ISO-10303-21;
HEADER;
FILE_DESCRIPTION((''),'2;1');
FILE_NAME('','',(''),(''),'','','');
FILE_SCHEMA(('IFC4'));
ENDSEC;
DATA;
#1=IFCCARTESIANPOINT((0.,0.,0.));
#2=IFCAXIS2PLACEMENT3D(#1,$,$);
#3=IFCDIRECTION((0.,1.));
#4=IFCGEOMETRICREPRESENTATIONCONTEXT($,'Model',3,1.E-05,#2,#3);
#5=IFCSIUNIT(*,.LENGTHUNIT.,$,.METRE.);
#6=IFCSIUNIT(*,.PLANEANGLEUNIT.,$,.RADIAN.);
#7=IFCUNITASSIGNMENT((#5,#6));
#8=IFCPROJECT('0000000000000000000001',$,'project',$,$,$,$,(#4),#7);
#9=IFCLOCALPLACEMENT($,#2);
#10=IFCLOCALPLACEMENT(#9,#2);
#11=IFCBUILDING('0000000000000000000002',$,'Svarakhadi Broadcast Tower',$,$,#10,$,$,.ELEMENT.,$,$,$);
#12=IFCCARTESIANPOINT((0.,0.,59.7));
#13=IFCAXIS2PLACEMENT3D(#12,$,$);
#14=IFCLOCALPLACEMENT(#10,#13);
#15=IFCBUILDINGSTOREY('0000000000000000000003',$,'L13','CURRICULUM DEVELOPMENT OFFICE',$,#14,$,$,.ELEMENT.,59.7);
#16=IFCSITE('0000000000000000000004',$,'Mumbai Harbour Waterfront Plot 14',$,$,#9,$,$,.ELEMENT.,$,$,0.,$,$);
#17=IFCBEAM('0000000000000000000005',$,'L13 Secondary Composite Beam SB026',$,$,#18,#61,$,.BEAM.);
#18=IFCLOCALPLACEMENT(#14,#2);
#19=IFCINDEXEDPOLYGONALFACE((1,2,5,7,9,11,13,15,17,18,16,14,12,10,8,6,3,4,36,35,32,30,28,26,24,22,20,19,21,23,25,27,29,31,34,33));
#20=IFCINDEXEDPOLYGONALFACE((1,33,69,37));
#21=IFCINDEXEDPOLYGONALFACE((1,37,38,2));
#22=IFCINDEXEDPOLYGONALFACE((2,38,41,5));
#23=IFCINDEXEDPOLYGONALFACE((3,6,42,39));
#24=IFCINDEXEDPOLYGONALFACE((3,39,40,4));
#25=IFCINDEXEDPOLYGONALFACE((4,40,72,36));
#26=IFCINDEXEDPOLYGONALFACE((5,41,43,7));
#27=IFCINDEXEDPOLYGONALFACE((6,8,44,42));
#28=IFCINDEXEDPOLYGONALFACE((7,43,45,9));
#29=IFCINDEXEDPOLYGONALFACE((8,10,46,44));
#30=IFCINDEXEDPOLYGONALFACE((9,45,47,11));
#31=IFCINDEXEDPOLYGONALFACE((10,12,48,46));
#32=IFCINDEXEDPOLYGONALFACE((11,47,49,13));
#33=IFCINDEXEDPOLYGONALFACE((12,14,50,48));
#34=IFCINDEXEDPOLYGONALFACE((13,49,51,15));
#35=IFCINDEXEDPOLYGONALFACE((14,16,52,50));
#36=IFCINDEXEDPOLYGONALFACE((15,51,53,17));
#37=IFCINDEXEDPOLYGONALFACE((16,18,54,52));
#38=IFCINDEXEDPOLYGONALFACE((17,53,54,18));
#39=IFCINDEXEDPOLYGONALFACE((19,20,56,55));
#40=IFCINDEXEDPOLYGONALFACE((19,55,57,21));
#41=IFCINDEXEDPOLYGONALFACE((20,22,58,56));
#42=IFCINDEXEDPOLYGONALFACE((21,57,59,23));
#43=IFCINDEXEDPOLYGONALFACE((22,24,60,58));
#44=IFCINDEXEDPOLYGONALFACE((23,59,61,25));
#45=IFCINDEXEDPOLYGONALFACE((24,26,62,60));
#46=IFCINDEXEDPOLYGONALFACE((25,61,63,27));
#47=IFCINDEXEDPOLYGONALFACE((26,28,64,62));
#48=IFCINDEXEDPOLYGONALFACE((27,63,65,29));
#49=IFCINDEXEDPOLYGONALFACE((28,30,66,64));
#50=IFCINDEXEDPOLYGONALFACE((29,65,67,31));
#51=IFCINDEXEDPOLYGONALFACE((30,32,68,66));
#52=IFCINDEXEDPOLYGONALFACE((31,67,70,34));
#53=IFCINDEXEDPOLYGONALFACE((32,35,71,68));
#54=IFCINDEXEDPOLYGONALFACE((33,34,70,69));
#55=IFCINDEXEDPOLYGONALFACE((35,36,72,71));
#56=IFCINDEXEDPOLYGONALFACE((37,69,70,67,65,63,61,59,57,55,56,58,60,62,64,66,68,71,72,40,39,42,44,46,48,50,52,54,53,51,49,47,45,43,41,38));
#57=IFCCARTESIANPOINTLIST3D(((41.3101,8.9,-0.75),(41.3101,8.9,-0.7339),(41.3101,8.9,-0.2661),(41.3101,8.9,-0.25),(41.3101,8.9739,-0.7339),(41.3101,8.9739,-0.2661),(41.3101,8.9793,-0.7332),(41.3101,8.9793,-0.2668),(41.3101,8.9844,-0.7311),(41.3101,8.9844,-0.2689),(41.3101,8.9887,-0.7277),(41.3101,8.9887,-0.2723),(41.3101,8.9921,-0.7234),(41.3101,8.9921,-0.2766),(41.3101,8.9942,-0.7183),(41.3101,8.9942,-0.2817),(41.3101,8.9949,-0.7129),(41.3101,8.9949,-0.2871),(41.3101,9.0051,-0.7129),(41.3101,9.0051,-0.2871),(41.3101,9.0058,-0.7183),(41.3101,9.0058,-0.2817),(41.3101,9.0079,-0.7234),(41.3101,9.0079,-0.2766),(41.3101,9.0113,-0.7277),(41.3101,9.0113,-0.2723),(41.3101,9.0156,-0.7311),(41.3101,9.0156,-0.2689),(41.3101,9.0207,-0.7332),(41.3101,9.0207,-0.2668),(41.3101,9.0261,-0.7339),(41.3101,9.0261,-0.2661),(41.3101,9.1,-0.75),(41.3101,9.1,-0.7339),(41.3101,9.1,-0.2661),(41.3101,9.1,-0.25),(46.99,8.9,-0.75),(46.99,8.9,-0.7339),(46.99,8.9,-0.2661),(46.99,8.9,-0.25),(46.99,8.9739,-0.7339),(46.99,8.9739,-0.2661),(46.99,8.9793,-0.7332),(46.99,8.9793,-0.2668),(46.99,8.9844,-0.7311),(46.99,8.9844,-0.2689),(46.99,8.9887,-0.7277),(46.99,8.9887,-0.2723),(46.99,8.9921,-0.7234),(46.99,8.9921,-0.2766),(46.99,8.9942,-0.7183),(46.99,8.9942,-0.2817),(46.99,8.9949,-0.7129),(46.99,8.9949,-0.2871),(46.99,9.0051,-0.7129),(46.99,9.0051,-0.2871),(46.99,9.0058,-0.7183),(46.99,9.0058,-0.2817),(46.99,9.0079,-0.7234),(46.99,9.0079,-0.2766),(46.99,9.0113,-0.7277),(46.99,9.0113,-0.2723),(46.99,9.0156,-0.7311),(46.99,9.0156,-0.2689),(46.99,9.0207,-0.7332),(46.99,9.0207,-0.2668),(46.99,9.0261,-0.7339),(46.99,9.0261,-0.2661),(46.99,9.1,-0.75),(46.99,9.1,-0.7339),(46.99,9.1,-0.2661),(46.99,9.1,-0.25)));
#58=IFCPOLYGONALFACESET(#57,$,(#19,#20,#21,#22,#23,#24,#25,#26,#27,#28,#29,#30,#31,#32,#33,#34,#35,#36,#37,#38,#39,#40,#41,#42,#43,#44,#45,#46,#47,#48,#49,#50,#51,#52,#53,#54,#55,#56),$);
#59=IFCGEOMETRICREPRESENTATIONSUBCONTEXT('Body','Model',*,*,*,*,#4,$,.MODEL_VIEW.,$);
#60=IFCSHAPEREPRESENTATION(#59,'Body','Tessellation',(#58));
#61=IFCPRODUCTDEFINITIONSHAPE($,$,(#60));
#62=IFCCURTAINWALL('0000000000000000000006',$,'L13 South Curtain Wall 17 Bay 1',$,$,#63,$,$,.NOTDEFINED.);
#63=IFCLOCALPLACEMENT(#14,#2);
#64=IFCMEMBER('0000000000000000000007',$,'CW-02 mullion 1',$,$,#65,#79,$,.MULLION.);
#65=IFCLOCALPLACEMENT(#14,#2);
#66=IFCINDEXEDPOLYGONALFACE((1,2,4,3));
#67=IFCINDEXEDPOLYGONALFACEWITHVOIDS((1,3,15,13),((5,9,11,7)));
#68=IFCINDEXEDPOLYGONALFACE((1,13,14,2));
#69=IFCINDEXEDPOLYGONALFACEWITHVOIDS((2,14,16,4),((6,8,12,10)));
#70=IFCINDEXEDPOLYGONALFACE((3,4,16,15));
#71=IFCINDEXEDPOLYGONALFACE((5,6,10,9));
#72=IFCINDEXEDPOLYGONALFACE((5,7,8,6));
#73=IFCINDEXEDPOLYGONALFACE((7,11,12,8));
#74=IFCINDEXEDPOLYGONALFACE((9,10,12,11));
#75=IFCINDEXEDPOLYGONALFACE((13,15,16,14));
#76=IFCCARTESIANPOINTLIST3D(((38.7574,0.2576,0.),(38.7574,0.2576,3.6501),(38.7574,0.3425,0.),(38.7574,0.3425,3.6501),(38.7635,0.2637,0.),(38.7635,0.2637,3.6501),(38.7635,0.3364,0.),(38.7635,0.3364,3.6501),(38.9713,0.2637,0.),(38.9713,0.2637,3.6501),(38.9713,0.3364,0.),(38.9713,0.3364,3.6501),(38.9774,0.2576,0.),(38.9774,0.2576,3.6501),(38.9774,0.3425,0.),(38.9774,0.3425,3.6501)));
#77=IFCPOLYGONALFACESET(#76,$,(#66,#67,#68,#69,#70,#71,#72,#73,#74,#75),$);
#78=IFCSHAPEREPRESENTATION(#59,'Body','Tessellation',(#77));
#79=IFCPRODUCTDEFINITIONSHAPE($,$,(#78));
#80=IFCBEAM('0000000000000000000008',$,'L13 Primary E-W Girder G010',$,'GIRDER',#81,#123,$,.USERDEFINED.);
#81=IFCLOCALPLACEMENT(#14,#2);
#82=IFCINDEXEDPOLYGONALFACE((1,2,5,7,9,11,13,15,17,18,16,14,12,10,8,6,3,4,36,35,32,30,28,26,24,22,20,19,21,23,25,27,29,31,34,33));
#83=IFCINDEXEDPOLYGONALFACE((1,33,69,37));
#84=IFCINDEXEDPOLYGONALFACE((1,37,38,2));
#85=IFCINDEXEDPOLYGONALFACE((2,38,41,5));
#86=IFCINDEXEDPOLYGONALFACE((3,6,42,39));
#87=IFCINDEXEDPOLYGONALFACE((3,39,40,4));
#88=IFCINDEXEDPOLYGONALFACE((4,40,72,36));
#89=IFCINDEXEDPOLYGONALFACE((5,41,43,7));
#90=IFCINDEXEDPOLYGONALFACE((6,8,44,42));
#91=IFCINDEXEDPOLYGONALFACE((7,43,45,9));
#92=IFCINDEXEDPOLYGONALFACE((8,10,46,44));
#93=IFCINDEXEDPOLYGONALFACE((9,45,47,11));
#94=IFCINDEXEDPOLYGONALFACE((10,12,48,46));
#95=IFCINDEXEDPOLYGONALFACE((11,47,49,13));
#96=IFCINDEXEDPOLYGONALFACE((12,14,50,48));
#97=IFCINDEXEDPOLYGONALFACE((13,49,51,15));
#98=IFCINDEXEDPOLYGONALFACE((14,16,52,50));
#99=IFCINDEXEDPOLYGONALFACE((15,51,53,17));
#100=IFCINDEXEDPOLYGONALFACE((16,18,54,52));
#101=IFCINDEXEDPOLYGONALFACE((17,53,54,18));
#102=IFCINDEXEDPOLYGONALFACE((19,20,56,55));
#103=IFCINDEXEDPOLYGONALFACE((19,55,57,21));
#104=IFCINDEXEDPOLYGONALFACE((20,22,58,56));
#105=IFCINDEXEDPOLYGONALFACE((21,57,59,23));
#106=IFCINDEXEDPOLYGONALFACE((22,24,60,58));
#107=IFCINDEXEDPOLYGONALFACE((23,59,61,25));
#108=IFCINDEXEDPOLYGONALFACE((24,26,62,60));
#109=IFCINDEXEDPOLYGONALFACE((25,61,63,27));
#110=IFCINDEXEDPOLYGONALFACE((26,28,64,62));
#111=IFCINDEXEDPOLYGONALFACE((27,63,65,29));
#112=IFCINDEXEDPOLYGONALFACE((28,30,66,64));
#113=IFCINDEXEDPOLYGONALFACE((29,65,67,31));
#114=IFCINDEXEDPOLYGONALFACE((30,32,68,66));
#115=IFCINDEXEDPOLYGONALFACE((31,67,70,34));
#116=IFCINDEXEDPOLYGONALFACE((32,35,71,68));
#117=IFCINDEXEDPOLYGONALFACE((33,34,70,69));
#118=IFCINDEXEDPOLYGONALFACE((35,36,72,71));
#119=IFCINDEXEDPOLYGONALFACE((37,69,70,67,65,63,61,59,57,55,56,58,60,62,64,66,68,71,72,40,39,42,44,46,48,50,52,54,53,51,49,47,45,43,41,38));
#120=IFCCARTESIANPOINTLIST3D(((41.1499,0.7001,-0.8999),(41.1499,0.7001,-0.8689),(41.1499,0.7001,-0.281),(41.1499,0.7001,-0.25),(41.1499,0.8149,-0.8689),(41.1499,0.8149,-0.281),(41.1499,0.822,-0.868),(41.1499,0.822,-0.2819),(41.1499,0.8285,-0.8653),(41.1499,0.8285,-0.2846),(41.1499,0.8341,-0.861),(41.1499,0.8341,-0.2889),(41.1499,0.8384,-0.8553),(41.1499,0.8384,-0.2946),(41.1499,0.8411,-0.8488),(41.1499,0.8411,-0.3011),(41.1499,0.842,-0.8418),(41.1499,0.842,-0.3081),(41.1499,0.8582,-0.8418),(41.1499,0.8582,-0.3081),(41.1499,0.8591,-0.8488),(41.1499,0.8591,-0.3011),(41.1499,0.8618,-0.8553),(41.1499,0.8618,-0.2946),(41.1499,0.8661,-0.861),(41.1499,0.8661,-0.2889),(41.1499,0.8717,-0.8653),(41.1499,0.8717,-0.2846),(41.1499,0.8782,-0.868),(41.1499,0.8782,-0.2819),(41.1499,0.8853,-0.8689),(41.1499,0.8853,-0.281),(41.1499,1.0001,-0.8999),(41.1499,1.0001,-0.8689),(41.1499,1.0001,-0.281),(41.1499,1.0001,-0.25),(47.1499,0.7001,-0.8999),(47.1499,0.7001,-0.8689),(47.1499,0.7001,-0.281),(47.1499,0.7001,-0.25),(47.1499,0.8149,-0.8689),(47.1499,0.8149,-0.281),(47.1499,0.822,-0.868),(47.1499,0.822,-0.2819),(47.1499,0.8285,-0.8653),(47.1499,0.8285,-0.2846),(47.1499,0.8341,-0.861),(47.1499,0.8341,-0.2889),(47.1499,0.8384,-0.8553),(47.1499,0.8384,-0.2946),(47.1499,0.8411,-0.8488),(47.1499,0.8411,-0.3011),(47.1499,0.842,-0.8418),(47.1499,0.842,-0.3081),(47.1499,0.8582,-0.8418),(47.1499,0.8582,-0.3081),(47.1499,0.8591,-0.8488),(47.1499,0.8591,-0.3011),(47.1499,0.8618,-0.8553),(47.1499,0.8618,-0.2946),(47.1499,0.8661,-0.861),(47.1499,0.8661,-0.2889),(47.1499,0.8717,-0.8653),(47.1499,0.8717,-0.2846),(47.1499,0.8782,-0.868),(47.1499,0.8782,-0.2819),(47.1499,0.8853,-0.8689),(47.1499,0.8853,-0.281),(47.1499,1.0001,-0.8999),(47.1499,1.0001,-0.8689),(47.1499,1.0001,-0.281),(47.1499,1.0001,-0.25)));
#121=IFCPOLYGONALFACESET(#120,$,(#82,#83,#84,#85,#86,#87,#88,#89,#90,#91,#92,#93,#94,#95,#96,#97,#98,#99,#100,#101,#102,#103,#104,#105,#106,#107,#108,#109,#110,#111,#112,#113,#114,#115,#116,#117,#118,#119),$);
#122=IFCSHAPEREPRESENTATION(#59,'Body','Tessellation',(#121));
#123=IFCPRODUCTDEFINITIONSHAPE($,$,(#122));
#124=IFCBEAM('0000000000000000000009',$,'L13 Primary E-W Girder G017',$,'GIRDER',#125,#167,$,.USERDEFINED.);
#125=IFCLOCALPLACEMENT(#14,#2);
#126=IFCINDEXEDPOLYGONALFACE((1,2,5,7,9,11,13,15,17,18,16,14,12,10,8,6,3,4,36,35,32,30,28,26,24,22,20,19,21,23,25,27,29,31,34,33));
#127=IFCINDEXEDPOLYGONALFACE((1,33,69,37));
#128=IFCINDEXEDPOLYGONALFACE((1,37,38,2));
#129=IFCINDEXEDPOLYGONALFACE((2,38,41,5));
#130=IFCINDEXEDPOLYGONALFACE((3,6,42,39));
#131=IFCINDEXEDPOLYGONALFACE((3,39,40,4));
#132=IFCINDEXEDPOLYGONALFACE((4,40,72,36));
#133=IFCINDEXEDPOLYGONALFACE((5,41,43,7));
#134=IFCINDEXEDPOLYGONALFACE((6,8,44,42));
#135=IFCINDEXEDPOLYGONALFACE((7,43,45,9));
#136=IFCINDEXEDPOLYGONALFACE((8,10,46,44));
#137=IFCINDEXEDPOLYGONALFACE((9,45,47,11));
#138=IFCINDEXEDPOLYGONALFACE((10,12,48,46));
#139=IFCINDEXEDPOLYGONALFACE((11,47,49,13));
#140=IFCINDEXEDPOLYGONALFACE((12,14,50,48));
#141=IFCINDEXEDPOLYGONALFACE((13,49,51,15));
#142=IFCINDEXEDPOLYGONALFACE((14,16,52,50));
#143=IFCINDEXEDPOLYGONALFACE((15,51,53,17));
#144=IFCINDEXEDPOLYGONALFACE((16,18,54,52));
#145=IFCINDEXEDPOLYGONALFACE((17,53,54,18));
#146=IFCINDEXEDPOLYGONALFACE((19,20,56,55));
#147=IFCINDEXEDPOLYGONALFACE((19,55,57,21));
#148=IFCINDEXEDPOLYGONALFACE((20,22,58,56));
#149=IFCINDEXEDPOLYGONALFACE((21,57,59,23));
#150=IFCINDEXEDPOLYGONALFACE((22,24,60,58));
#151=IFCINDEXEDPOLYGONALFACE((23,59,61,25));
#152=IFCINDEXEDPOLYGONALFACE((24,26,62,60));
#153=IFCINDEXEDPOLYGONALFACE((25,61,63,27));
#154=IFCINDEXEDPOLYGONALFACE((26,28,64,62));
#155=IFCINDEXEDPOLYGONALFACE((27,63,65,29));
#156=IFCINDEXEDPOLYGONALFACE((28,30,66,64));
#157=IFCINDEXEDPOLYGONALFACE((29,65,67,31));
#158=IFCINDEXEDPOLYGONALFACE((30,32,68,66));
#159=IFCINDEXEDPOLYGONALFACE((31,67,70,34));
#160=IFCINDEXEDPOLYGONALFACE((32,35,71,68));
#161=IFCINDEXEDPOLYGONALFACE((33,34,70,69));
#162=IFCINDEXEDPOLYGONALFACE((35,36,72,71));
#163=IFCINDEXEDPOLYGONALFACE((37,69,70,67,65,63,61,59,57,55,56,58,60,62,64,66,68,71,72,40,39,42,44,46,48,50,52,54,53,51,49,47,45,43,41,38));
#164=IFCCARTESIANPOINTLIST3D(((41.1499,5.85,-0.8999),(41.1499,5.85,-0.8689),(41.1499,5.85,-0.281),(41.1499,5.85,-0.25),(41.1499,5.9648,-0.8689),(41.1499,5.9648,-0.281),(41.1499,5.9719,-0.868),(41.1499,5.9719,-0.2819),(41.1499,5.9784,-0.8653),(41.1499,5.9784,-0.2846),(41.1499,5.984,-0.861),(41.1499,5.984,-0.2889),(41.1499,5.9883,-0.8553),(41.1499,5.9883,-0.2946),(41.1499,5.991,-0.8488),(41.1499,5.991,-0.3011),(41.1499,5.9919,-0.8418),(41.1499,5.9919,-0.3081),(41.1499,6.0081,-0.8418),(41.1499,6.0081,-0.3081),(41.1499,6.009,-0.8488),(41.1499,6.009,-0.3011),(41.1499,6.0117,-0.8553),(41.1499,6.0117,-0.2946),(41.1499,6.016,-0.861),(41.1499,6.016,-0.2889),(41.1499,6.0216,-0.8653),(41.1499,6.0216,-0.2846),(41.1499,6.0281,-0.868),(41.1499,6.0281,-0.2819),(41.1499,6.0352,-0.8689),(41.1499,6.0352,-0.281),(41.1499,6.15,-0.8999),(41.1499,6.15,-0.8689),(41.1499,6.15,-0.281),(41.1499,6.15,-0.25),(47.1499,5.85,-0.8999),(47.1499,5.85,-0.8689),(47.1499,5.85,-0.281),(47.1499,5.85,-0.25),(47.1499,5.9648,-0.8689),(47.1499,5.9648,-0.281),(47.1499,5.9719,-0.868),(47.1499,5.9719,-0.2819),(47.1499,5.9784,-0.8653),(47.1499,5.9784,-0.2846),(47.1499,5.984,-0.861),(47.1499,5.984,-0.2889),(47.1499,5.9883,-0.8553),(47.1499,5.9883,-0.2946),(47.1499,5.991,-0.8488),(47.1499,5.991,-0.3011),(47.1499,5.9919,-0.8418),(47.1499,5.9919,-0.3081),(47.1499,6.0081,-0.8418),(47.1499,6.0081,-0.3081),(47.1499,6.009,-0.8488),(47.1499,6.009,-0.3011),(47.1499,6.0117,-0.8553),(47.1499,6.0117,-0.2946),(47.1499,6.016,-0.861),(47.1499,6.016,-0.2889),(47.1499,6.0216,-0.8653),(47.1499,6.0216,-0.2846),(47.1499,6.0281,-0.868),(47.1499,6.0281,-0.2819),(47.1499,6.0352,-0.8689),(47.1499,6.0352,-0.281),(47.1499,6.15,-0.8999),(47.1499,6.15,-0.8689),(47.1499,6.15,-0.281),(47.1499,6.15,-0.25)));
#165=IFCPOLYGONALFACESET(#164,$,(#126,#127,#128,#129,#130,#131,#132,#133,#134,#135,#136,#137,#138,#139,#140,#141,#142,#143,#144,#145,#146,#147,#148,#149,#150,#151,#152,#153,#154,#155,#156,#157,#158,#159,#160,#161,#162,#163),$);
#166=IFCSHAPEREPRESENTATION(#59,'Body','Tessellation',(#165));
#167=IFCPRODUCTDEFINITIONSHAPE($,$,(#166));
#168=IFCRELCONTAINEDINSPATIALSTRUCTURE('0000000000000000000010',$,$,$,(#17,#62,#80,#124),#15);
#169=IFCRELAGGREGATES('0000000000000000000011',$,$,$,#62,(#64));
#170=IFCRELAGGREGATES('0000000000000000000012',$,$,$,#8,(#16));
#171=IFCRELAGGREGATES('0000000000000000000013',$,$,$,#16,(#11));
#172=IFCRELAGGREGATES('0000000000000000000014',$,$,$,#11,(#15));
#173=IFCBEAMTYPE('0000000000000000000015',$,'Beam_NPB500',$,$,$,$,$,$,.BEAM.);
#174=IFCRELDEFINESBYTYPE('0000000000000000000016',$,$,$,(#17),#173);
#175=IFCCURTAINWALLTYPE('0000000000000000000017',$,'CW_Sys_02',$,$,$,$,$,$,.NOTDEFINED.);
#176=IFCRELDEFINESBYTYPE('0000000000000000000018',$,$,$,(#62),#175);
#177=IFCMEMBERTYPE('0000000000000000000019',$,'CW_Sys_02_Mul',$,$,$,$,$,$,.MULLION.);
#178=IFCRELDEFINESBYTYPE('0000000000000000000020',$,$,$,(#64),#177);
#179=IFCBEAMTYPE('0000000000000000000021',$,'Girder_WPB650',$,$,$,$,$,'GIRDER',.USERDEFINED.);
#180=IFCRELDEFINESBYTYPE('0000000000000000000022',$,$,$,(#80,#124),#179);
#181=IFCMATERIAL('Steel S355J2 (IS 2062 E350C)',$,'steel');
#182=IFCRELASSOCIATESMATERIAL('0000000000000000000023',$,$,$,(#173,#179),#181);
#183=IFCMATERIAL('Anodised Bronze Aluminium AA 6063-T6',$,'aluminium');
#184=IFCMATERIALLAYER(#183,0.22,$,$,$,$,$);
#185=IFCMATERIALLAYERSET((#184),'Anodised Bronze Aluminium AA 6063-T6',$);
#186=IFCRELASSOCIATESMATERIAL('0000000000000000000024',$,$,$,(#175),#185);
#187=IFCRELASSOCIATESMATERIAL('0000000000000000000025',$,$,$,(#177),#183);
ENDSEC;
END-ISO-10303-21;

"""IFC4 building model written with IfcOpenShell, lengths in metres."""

from ifc_helpers import new_model, si_unit, direction, frame, origin, origin_2d, place, context, subcontext, project, spatial, hollow_rectangle, i_section, extrude, material, layer, layer_set, material_profile, profile_set, type_object, element, aggregate, save


model = new_model("IFC4")

# Units and contexts
model_context = context("Model", 3, precision=1e-05, world=origin(), true_north=direction((0.0, 1.0)))
body_context = subcontext(model_context, "Body", "Model", "MODEL_VIEW")
ifc_project = project(units=[si_unit("LENGTHUNIT", "METRE"), si_unit("PLANEANGLEUNIT", "RADIAN")], contexts=[model_context])

# Site, building, storey
site_placement = place(None, origin())
site = spatial("IfcSite", under=ifc_project, at=site_placement, Name="Mumbai Harbour Waterfront Plot 14", CompositionType="ELEMENT", RefElevation=0.0)
building_placement = place(site_placement, origin())
building = spatial("IfcBuilding", under=site, at=building_placement, Name="Svarakhadi Broadcast Tower", CompositionType="ELEMENT")
storey_placement = place(building_placement, frame((0.0, 0.0, 59.7)))
storey = spatial("IfcBuildingStorey", under=building, at=storey_placement, Name="L13", Description="CURRICULUM DEVELOPMENT OFFICE", CompositionType="ELEMENT", Elevation=59.7)

# Beam
ifc_material_1 = material(Name="Steel S355J2 (IS 2062 E350C)", Category="steel")
ifc_material_profile_1 = material_profile(ifc_material_1, i_section(OverallWidth=0.2, OverallDepth=0.5, WebThickness=0.0103, FlangeThickness=0.0161, FilletRadius=0.021, at=origin_2d()), Name="NPB 500x200x91")
ifc_profile_set_1 = profile_set([ifc_material_profile_1], Name="Steel S355J2 (IS 2062 E350C)")
beam_type_1 = type_object("IfcBeamType", Name="Beam_NPB500", PredefinedType="BEAM", material=ifc_profile_set_1)
for number, where, z_axis, x_axis, name in (
    (1, (41.3101, 9.0, -0.5), (1.0, 0.0, 0.0), (0.0, 1.0, 0.0), "L13 Secondary Composite Beam SB026"),
):
    element("IfcBeam", number, at=place(storey_placement, frame(where, z_axis=z_axis, x_axis=x_axis)), inside=storey, type_object=beam_type_1, Name=name, PredefinedType="BEAM", context=body_context, shape_type="SweptSolid", body=[
        extrude(i_section(OverallWidth=0.2, OverallDepth=0.5, WebThickness=0.0103, FlangeThickness=0.0161, FilletRadius=0.021, at=origin_2d()), origin(), (0.0, 0.0, 1.0), 5.6799),
    ])

# Curtain wall, member
ifc_material_2 = material(Name="Anodised Bronze Aluminium AA 6063-T6", Category="aluminium")
ifc_layer_1 = layer(ifc_material_2, 0.22)
ifc_layer_set_1 = layer_set([ifc_layer_1], Name="Anodised Bronze Aluminium AA 6063-T6")
curtain_wall_type = type_object("IfcCurtainWallType", Name="CW_Sys_02", PredefinedType="NOTDEFINED", material=ifc_layer_set_1)
curtain_wall_placement = place(storey_placement, origin())
curtain_wall = element("IfcCurtainWall", 2, at=curtain_wall_placement, inside=storey, type_object=curtain_wall_type, Name="L13 South Curtain Wall 17 Bay 1", PredefinedType="NOTDEFINED")
ifc_material_profile_2 = material_profile(ifc_material_2, hollow_rectangle(XDim=0.085, YDim=0.22, WallThickness=0.0061, at=origin_2d()), Name="ALU MULLION 220x85x6")
ifc_profile_set_2 = profile_set([ifc_material_profile_2], Name="Anodised Bronze Aluminium AA 6063-T6")
member_type = type_object("IfcMemberType", Name="CW_Sys_02_Mul", PredefinedType="MULLION", material=ifc_profile_set_2)
member_placement = place(storey_placement, frame((38.8674, 0.3, 0.0), z_axis=(0.0, 0.0, 1.0), x_axis=(0.0, -1.0, 0.0)))
member = element("IfcMember", 3, at=member_placement, type_object=member_type, Name="CW-02 mullion 1", PredefinedType="MULLION", context=body_context, shape_type="SweptSolid", body=[
    extrude(hollow_rectangle(XDim=0.085, YDim=0.22, WallThickness=0.0061, at=origin_2d()), origin(), (0.0, 0.0, 1.0), 3.6501),
])
aggregate(curtain_wall, [member])

# Beams
ifc_material_profile_3 = material_profile(ifc_material_1, i_section(OverallWidth=0.3, OverallDepth=0.6499, WebThickness=0.0161, FlangeThickness=0.031, FilletRadius=0.0271, at=origin_2d()), Name="WPB 650x300x225")
ifc_profile_set_3 = profile_set([ifc_material_profile_3], Name="Steel S355J2 (IS 2062 E350C)")
beam_type_2 = type_object("IfcBeamType", Name="Girder_WPB650", ElementType="GIRDER", PredefinedType="USERDEFINED", material=ifc_profile_set_3)
for number, where, z_axis, x_axis, name in (
    (4, (41.1499, 0.8501, -0.575), (1.0, 0.0, 0.0), (0.0, 1.0, 0.0), "L13 Primary E-W Girder G010"),
    (5, (41.1499, 6.0, -0.575), (1.0, 0.0, 0.0), (0.0, 1.0, 0.0), "L13 Primary E-W Girder G017"),
):
    element("IfcBeam", number, at=place(storey_placement, frame(where, z_axis=z_axis, x_axis=x_axis)), inside=storey, type_object=beam_type_2, Name=name, ObjectType="GIRDER", PredefinedType="USERDEFINED", context=body_context, shape_type="SweptSolid", body=[
        extrude(i_section(OverallWidth=0.3, OverallDepth=0.6499, WebThickness=0.0161, FlangeThickness=0.031, FilletRadius=0.0271, at=origin_2d()), origin(), (0.0, 0.0, 1.0), 6.0),
    ])

save(model, "model.ifc")
